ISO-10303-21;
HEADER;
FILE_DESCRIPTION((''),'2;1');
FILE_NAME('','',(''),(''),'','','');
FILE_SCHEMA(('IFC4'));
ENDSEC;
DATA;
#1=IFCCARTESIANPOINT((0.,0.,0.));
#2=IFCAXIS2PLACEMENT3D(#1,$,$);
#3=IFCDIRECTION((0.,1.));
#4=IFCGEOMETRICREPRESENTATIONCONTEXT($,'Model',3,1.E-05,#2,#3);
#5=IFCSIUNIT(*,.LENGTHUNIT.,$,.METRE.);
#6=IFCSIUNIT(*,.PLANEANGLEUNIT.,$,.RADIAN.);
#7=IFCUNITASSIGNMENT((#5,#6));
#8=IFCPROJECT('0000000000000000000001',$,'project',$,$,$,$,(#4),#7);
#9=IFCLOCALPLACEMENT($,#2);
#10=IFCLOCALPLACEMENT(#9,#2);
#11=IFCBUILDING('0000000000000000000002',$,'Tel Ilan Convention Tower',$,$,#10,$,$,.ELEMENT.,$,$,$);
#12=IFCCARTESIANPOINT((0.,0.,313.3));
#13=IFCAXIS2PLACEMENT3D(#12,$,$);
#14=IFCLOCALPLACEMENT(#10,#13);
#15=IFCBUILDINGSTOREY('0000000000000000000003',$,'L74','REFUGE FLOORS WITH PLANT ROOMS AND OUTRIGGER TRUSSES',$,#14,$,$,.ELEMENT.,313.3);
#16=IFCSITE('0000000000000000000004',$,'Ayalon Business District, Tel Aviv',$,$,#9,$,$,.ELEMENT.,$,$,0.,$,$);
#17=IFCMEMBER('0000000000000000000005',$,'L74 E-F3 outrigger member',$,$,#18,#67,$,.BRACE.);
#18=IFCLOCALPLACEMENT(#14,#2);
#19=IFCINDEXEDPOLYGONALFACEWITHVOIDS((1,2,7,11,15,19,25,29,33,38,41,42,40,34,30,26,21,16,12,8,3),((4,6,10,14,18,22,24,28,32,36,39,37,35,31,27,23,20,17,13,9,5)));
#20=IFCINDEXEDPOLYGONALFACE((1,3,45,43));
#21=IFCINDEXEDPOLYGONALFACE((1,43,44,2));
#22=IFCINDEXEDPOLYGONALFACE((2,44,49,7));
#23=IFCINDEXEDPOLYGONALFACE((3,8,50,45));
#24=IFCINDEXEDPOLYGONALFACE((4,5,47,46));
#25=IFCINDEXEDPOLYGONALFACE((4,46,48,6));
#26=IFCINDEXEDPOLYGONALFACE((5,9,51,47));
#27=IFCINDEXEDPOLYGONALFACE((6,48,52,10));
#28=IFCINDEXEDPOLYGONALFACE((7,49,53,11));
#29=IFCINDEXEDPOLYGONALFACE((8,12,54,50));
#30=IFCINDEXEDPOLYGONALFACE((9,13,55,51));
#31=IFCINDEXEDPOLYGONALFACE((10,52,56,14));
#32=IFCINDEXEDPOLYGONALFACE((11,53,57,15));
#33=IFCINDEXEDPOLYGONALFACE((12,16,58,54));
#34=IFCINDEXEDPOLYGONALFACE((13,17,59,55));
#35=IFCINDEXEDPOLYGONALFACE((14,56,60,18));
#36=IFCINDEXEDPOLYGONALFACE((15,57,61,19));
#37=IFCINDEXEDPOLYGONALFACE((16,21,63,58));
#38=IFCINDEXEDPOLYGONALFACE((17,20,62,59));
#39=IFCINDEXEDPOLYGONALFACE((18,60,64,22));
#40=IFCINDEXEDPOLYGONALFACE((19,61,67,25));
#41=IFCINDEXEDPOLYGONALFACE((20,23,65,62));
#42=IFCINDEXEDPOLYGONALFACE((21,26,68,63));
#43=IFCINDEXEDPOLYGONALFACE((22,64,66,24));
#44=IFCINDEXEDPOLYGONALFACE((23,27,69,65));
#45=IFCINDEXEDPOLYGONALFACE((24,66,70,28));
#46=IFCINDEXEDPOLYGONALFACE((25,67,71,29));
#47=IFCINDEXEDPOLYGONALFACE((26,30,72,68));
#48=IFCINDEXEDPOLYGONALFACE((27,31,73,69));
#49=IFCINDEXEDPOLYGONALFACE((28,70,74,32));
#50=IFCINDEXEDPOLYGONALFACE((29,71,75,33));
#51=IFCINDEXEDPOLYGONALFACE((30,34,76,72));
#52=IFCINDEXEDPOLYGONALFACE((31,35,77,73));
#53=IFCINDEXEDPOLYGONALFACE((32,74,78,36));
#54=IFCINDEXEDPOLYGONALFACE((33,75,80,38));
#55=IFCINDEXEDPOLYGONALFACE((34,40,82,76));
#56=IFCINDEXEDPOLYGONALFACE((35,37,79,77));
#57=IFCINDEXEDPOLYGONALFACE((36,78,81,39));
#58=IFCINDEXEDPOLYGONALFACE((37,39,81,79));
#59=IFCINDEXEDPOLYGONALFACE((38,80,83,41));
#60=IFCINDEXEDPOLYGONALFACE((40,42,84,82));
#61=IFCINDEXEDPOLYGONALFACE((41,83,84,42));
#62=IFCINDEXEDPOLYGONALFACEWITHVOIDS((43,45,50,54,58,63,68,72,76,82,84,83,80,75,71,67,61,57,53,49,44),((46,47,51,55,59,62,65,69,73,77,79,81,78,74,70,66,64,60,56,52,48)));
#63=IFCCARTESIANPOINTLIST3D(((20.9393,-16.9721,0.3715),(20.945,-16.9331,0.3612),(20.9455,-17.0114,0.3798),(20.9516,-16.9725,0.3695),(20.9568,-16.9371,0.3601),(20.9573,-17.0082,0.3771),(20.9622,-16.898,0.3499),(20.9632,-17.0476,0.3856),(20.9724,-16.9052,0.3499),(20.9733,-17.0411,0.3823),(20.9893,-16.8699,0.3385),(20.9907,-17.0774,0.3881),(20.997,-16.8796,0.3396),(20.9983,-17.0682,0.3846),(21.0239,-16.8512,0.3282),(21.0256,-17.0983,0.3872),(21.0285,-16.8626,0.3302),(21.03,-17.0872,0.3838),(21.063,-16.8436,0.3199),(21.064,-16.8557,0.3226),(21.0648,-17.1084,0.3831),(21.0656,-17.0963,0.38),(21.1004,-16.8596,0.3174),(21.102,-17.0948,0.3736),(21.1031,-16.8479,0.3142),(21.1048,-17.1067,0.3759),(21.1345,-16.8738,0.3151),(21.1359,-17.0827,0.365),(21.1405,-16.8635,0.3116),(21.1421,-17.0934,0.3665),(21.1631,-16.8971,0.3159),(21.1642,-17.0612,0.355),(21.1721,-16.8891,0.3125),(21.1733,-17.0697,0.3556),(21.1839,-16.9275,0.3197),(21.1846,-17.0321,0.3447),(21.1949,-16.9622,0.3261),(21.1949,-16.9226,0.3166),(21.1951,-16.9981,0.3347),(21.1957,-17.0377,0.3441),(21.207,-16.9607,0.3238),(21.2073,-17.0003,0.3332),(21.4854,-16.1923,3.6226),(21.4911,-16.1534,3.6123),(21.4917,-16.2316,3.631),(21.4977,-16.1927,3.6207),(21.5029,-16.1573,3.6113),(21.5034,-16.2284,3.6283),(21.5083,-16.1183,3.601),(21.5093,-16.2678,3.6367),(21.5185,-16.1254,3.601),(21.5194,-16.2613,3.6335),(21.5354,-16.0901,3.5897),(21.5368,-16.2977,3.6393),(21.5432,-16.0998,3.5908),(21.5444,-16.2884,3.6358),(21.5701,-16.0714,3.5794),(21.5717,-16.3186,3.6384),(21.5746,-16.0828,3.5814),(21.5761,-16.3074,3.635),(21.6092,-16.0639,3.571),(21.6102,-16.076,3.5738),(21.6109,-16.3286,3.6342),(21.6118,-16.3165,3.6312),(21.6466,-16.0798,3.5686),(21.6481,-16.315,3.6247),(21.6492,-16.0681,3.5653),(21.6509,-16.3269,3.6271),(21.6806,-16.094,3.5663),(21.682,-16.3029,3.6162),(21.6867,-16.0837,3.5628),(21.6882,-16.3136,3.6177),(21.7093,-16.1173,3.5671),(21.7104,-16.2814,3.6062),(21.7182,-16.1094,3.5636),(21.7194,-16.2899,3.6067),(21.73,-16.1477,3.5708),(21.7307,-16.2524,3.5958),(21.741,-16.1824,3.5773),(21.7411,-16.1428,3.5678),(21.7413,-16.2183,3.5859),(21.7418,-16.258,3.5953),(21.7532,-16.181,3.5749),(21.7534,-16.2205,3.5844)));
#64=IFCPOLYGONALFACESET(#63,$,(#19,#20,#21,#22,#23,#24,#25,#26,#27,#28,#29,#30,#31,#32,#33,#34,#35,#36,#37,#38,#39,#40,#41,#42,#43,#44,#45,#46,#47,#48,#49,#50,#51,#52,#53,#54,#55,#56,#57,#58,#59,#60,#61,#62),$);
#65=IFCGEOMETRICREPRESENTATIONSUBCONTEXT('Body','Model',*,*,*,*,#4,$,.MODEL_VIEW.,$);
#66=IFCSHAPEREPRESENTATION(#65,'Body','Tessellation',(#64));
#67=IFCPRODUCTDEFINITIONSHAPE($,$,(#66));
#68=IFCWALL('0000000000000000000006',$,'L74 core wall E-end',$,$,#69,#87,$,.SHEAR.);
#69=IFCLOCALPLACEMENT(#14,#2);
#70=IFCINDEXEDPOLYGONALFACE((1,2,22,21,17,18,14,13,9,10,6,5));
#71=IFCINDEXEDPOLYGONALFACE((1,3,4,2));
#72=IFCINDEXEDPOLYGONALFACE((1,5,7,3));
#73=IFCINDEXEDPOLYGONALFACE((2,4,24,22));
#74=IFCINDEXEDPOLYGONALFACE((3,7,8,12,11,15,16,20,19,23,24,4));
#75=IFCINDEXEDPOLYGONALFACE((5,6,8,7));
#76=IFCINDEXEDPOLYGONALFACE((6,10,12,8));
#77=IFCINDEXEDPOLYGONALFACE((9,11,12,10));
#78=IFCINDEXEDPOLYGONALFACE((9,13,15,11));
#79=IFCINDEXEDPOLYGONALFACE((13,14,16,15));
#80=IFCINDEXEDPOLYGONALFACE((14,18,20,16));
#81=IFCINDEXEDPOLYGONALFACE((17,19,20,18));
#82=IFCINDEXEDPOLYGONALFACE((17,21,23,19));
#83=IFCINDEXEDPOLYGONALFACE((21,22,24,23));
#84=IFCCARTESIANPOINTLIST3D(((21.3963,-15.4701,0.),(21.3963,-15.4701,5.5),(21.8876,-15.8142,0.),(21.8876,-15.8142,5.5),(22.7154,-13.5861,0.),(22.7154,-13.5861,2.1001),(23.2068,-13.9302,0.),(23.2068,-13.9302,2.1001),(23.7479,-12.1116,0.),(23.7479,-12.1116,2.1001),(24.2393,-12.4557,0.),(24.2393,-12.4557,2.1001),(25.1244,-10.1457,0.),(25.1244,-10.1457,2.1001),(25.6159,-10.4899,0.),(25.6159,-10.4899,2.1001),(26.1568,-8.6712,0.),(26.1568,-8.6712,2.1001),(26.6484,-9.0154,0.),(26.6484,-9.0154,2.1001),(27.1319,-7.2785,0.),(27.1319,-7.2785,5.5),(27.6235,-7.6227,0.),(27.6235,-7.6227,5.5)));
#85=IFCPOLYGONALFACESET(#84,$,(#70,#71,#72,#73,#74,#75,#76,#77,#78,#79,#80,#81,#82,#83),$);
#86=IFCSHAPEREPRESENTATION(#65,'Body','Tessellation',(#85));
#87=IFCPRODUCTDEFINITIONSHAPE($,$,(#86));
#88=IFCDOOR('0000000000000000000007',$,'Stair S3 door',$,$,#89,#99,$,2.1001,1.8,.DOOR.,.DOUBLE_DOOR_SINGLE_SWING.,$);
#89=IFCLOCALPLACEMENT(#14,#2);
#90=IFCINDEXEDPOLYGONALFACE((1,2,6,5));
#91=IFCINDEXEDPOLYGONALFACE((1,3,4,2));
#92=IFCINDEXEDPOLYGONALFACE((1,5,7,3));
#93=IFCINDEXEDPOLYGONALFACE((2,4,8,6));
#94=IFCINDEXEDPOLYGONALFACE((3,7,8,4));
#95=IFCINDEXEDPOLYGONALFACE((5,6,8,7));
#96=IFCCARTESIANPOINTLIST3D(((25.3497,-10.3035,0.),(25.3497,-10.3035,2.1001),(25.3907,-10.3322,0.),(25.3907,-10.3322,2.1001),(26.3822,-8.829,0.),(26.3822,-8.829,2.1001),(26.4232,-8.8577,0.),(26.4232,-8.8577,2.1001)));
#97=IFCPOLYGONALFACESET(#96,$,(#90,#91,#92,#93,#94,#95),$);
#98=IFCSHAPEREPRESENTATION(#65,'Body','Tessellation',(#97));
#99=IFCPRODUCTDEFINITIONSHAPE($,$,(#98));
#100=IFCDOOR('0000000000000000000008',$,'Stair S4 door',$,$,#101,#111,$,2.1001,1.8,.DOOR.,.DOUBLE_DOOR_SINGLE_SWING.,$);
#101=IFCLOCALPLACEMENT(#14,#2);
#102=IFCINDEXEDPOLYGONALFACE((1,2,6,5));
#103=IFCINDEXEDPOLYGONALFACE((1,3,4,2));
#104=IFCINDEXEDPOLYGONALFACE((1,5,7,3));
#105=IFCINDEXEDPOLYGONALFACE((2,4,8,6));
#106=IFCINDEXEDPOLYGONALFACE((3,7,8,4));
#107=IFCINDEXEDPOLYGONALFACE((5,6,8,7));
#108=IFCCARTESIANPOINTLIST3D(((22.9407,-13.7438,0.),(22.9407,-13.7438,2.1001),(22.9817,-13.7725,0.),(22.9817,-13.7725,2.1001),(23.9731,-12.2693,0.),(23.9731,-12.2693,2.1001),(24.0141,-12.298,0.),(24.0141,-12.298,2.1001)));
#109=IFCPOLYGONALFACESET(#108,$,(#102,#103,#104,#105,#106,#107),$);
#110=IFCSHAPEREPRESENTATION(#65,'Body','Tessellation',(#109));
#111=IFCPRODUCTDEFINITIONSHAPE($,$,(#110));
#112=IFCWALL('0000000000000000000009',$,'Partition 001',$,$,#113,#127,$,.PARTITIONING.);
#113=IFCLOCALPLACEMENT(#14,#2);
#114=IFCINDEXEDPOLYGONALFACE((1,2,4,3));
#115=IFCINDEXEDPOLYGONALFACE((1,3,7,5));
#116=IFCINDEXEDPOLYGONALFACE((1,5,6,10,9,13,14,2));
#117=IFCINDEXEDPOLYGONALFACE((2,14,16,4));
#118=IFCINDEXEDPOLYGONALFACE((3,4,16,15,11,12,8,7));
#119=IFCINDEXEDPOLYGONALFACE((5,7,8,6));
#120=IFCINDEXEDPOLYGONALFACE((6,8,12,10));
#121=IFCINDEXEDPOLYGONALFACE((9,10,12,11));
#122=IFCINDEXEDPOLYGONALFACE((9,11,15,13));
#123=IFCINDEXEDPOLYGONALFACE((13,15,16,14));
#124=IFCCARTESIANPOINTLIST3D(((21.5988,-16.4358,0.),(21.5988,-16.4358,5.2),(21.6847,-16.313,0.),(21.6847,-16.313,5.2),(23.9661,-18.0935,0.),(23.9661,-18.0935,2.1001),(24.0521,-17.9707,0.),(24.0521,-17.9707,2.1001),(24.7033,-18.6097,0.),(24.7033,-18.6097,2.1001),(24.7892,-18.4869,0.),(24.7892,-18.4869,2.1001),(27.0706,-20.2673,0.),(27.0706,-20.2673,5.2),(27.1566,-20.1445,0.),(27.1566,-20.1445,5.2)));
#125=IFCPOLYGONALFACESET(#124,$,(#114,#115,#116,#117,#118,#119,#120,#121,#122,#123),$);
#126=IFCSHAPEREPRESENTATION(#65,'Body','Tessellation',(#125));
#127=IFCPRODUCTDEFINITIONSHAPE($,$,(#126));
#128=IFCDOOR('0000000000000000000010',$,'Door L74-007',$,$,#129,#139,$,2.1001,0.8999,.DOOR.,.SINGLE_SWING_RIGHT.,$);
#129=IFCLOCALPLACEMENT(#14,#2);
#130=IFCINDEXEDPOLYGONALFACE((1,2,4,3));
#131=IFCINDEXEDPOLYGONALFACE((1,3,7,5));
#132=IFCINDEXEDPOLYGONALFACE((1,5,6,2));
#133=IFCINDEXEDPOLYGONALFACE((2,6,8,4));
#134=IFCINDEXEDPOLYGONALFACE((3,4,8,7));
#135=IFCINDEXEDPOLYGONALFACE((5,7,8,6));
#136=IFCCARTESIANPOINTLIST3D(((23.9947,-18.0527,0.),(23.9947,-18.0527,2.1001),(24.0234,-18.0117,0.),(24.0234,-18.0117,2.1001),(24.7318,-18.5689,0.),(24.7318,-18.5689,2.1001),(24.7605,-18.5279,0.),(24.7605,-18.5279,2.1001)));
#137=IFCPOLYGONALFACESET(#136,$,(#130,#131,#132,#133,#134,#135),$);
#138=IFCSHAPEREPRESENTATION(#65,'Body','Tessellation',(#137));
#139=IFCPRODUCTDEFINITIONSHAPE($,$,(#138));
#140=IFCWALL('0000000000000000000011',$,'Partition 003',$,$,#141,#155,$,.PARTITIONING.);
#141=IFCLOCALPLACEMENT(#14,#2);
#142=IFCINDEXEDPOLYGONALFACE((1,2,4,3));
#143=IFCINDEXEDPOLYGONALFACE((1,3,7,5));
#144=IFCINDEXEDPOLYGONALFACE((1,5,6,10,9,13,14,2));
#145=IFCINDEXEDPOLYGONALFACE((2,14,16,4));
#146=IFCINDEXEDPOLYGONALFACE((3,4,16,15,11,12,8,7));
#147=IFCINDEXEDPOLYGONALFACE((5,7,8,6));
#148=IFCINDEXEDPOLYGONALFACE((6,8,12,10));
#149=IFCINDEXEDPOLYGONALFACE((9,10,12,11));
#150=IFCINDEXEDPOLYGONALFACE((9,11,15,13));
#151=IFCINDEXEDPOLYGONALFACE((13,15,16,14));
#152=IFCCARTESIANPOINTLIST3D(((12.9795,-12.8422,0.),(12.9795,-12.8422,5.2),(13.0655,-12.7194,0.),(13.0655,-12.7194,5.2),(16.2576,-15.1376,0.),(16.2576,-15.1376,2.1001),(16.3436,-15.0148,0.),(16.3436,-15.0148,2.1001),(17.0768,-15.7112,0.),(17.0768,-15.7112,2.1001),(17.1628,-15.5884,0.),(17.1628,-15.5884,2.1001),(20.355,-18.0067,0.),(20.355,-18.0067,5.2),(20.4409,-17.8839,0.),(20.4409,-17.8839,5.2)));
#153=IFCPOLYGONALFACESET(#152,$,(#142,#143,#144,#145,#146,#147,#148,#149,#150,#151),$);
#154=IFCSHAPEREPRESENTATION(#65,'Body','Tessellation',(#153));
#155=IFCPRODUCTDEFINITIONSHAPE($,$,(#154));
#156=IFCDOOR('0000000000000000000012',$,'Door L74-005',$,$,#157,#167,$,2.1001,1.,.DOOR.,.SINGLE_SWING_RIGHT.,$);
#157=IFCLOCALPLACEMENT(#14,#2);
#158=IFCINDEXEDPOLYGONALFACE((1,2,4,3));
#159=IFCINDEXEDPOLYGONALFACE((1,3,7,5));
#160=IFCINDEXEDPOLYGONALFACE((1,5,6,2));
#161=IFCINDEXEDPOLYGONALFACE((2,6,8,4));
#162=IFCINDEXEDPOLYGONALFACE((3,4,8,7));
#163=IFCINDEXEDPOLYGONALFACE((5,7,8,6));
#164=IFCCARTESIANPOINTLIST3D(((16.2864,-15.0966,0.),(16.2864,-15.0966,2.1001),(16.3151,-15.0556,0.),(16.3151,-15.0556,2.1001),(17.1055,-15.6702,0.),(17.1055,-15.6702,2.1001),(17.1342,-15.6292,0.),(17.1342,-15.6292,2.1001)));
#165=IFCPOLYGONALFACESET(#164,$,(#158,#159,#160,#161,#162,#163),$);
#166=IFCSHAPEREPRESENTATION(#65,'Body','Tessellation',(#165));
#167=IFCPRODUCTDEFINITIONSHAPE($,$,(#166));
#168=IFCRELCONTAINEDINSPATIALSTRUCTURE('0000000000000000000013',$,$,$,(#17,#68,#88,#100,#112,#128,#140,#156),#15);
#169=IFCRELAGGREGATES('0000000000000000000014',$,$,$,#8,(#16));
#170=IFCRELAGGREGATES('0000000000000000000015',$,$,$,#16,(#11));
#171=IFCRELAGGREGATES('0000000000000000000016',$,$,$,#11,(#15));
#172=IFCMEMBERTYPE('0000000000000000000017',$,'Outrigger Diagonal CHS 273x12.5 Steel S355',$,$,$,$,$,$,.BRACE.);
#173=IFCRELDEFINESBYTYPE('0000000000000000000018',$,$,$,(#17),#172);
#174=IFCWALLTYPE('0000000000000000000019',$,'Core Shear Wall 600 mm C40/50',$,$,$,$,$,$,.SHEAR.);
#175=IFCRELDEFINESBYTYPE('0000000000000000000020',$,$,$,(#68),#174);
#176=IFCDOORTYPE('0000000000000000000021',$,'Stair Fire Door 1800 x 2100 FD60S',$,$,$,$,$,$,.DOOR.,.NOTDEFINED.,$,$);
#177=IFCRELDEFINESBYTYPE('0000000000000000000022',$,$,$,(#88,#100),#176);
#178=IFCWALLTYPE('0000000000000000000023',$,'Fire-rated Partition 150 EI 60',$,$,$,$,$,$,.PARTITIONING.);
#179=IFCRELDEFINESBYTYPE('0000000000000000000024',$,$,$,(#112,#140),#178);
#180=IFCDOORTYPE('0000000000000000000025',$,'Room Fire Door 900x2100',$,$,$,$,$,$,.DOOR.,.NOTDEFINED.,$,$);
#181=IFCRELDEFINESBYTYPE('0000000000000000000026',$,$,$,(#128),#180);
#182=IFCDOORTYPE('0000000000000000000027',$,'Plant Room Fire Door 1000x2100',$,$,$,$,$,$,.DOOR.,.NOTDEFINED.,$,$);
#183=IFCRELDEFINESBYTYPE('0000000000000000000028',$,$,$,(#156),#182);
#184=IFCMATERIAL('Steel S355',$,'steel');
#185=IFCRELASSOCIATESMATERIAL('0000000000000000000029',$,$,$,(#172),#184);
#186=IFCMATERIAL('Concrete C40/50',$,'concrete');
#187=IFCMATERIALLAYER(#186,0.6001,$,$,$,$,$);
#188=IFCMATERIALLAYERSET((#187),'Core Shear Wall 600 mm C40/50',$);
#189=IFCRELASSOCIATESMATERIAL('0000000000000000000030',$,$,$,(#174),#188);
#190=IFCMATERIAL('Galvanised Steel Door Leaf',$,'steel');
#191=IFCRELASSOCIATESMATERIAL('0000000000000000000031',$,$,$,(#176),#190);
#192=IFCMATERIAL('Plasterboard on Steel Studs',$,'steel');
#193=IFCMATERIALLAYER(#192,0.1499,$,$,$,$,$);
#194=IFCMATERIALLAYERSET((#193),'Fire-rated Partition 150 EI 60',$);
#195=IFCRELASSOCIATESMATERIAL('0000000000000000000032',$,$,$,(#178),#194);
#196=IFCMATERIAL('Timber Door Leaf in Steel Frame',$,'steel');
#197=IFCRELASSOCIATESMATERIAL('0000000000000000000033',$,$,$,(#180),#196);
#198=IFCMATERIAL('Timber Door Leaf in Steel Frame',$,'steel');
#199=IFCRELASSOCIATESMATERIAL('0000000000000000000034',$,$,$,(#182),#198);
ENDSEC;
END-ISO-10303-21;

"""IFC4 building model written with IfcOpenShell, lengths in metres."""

from ifc_helpers import new_model, si_unit, direction, frame, frame_2d, origin, origin_2d, place, context, subcontext, project, spatial, polyline, rectangle, hollow_circle, outline, extrude, material, layer, layer_set, material_profile, profile_set, type_object, element, fill, save


model = new_model("IFC4")

# Units and contexts
model_context = context("Model", 3, precision=1e-05, world=origin(), true_north=direction((0.0, 1.0)))
body_context = subcontext(model_context, "Body", "Model", "MODEL_VIEW")
ifc_project = project(units=[si_unit("LENGTHUNIT", "METRE"), si_unit("PLANEANGLEUNIT", "RADIAN")], contexts=[model_context])

# Site, building, storey
site_placement = place(None, origin())
site = spatial("IfcSite", under=ifc_project, at=site_placement, Name="Ayalon Business District, Tel Aviv", CompositionType="ELEMENT", RefElevation=0.0)
building_placement = place(site_placement, origin())
building = spatial("IfcBuilding", under=site, at=building_placement, Name="Tel Ilan Convention Tower", CompositionType="ELEMENT")
storey_placement = place(building_placement, frame((0.0, 0.0, 313.3)))
storey = spatial("IfcBuildingStorey", under=building, at=storey_placement, Name="L74", Description="REFUGE FLOORS WITH PLANT ROOMS AND OUTRIGGER TRUSSES", CompositionType="ELEMENT", Elevation=313.3)

# Member
ifc_material_1 = material(Name="Steel S355", Category="steel")
ifc_material_profile_1 = material_profile(ifc_material_1, hollow_circle(Radius=0.1365, WallThickness=0.0125, at=origin_2d()), Name="CHS 273x12.5")
ifc_profile_set_1 = profile_set([ifc_material_profile_1], Name="Steel S355")
member_type_1 = type_object("IfcMemberType", Name="Outrigger Diagonal CHS 273x12.5 Steel S355", PredefinedType="BRACE", material=ifc_profile_set_1)
member_placement = place(storey_placement, frame((21.074, -16.9763, 0.3499), z_axis=(0.161212, 0.230179, 0.959702), x_axis=(-0.819087, 0.573669, 0.0)))
element("IfcMember", 1, at=member_placement, inside=storey, type_object=member_type_1, Name="L74 E-F3 outrigger member", PredefinedType="BRACE", context=body_context, shape_type="SweptSolid", body=[
    extrude(hollow_circle(Radius=0.1365, WallThickness=0.0125, at=origin_2d()), origin(), (0.0, 0.0, 1.0), 3.3877),
])

# Wall, openings, doors
ifc_material_2 = material(Name="Concrete C40/50", Category="concrete")
ifc_layer_1 = layer(ifc_material_2, 0.6001)
ifc_layer_set_1 = layer_set([ifc_layer_1], Name="Core Shear Wall 600 mm C40/50")
wall_type_1 = type_object("IfcWallType", Name="Core Shear Wall 600 mm C40/50", PredefinedType="SHEAR", material=ifc_layer_set_1)
wall_1_placement = place(storey_placement, frame((21.6418, -15.6421, 0.0), z_axis=(0.0, 0.0, 1.0), x_axis=(0.573587, 0.819145, 0.0)))
wall_1 = element("IfcWall", 2, at=wall_1_placement, inside=storey, type_object=wall_type_1, Name="L74 core wall E-end", PredefinedType="SHEAR", context=body_context, shape_type="SweptSolid", body=[
    extrude(outline(polyline([(10.0, 0.3), (0.0, 0.2998), (0.0, -0.3), (10.0, -0.3), (10.0, 0.3)])), origin(), (0.0, 0.0, 1.0), 5.5),
])
opening_1_placement = place(wall_1_placement, frame((6.5, 0.0, 0.0)))
opening_1 = element("IfcOpeningElement", 3, at=opening_1_placement, cuts=wall_1, PredefinedType="OPENING", context=body_context, shape_type="SweptSolid", body=[
    extrude(rectangle(XDim=1.8, YDim=2.1001, at=frame_2d((0.8999, 1.05))), frame((0.0, 0.3101, 0.0), z_axis=(0.0, -1.0, 0.0), x_axis=(1.0, 0.0, 0.0)), (0.0, 0.0, 1.0), 0.6201),
])
opening_2_placement = place(wall_1_placement, frame((2.3, 0.0, 0.0)))
opening_2 = element("IfcOpeningElement", 4, at=opening_2_placement, cuts=wall_1, PredefinedType="OPENING", context=body_context, shape_type="SweptSolid", body=[
    extrude(rectangle(XDim=1.8, YDim=2.1001, at=frame_2d((0.8999, 1.05))), frame((0.0, 0.3101, 0.0), z_axis=(0.0, -1.0, 0.0), x_axis=(1.0, 0.0, 0.0)), (0.0, 0.0, 1.0), 0.6201),
])
ifc_material_3 = material(Name="Galvanised Steel Door Leaf", Category="steel")
door_type_1 = type_object("IfcDoorType", Name="Stair Fire Door 1800 x 2100 FD60S", OperationType="NOTDEFINED", PredefinedType="DOOR", material=ifc_material_3)
door_1_placement = place(opening_1_placement, origin())
door_1 = element("IfcDoor", 5, at=door_1_placement, inside=storey, type_object=door_type_1, Name="Stair S3 door", OperationType="DOUBLE_DOOR_SINGLE_SWING", OverallHeight=2.1001, OverallWidth=1.8, PredefinedType="DOOR", context=body_context, shape_type="SweptSolid", body=[
    extrude(rectangle(XDim=1.8, YDim=2.1001, at=frame_2d((0.8999, 1.05))), frame((0.0, 0.0249, 0.0), z_axis=(0.0, -1.0, 0.0), x_axis=(1.0, 0.0, 0.0)), (0.0, 0.0, 1.0), 0.05),
])
fill(opening_1, door_1)
door_2_placement = place(opening_2_placement, origin())
door_2 = element("IfcDoor", 6, at=door_2_placement, inside=storey, type_object=door_type_1, Name="Stair S4 door", OperationType="DOUBLE_DOOR_SINGLE_SWING", OverallHeight=2.1001, OverallWidth=1.8, PredefinedType="DOOR", context=body_context, shape_type="SweptSolid", body=[
    extrude(rectangle(XDim=1.8, YDim=2.1001, at=frame_2d((0.8999, 1.05))), frame((0.0, 0.0249, 0.0), z_axis=(0.0, -1.0, 0.0), x_axis=(1.0, 0.0, 0.0)), (0.0, 0.0, 1.0), 0.05),
])
fill(opening_2, door_2)

# Walls, openings, doors
ifc_material_4 = material(Name="Plasterboard on Steel Studs", Category="steel")
ifc_layer_2 = layer(ifc_material_4, 0.1499)
ifc_layer_set_2 = layer_set([ifc_layer_2], Name="Fire-rated Partition 150 EI 60")
wall_type_2 = type_object("IfcWallType", Name="Fire-rated Partition 150 EI 60", PredefinedType="PARTITIONING", material=ifc_layer_set_2)
wall_2_placement = place(storey_placement, frame((21.6418, -16.3745, 0.0), z_axis=(0.0, 0.0, 1.0), x_axis=(0.819148, -0.573583, 0.0)))
wall_2 = element("IfcWall", 7, at=wall_2_placement, inside=storey, type_object=wall_type_2, Name="Partition 001", PredefinedType="PARTITIONING", context=body_context, shape_type="SweptSolid", body=[
    extrude(rectangle(XDim=6.6799, YDim=0.1499, at=frame_2d((3.3398, 0.0))), origin(), (0.0, 0.0, 1.0), 5.2),
])
opening_3_placement = place(wall_2_placement, frame((2.8899, 0.0, 0.0)))
opening_3 = element("IfcOpeningElement", 8, at=opening_3_placement, cuts=wall_2, PredefinedType="OPENING", context=body_context, shape_type="SweptSolid", body=[
    extrude(rectangle(XDim=0.8999, YDim=2.1001, at=frame_2d((0.45, 1.05))), frame((0.0, 0.085, 0.0), z_axis=(0.0, -1.0, 0.0), x_axis=(1.0, 0.0, 0.0)), (0.0, 0.0, 1.0), 0.1699),
])
ifc_material_5 = material(Name="Timber Door Leaf in Steel Frame", Category="steel")
door_type_2 = type_object("IfcDoorType", Name="Room Fire Door 900x2100", OperationType="NOTDEFINED", PredefinedType="DOOR", material=ifc_material_5)
door_3_placement = place(opening_3_placement, origin())
door_3 = element("IfcDoor", 9, at=door_3_placement, inside=storey, type_object=door_type_2, Name="Door L74-007", OperationType="SINGLE_SWING_RIGHT", OverallHeight=2.1001, OverallWidth=0.8999, PredefinedType="DOOR", context=body_context, shape_type="SweptSolid", body=[
    extrude(rectangle(XDim=0.8999, YDim=2.1001, at=frame_2d((0.45, 1.05))), frame((0.0, 0.0249, 0.0), z_axis=(0.0, -1.0, 0.0), x_axis=(1.0, 0.0, 0.0)), (0.0, 0.0, 1.0), 0.05),
])
fill(opening_3, door_3)
wall_3_placement = place(storey_placement, frame((20.3979, -17.9453, 0.0), z_axis=(0.0, 0.0, 1.0), x_axis=(-0.819143, 0.57359, 0.0)))
wall_3 = element("IfcWall", 10, at=wall_3_placement, inside=storey, type_object=wall_type_2, Name="Partition 003", PredefinedType="PARTITIONING", context=body_context, shape_type="SweptSolid", body=[
    extrude(rectangle(XDim=9.0039, YDim=0.1499, at=frame_2d((4.502, 0.0))), origin(), (0.0, 0.0, 1.0), 5.2),
])
opening_4_placement = place(wall_3_placement, frame((4.002, 0.0, 0.0)))
opening_4 = element("IfcOpeningElement", 11, at=opening_4_placement, cuts=wall_3, PredefinedType="OPENING", context=body_context, shape_type="SweptSolid", body=[
    extrude(rectangle(XDim=1.0, YDim=2.1001, at=frame_2d((0.5, 1.05))), frame((0.0, 0.085, 0.0), z_axis=(0.0, -1.0, 0.0), x_axis=(1.0, 0.0, 0.0)), (0.0, 0.0, 1.0), 0.1699),
])
ifc_material_6 = material(Name="Timber Door Leaf in Steel Frame", Category="steel")
door_type_3 = type_object("IfcDoorType", Name="Plant Room Fire Door 1000x2100", OperationType="NOTDEFINED", PredefinedType="DOOR", material=ifc_material_6)
door_4_placement = place(opening_4_placement, origin())
door_4 = element("IfcDoor", 12, at=door_4_placement, inside=storey, type_object=door_type_3, Name="Door L74-005", OperationType="SINGLE_SWING_RIGHT", OverallHeight=2.1001, OverallWidth=1.0, PredefinedType="DOOR", context=body_context, shape_type="SweptSolid", body=[
    extrude(rectangle(XDim=1.0, YDim=2.1001, at=frame_2d((0.5, 1.05))), frame((0.0, 0.0249, 0.0), z_axis=(0.0, -1.0, 0.0), x_axis=(1.0, 0.0, 0.0)), (0.0, 0.0, 1.0), 0.05),
])
fill(opening_4, door_4)

save(model, "model.ifc")
